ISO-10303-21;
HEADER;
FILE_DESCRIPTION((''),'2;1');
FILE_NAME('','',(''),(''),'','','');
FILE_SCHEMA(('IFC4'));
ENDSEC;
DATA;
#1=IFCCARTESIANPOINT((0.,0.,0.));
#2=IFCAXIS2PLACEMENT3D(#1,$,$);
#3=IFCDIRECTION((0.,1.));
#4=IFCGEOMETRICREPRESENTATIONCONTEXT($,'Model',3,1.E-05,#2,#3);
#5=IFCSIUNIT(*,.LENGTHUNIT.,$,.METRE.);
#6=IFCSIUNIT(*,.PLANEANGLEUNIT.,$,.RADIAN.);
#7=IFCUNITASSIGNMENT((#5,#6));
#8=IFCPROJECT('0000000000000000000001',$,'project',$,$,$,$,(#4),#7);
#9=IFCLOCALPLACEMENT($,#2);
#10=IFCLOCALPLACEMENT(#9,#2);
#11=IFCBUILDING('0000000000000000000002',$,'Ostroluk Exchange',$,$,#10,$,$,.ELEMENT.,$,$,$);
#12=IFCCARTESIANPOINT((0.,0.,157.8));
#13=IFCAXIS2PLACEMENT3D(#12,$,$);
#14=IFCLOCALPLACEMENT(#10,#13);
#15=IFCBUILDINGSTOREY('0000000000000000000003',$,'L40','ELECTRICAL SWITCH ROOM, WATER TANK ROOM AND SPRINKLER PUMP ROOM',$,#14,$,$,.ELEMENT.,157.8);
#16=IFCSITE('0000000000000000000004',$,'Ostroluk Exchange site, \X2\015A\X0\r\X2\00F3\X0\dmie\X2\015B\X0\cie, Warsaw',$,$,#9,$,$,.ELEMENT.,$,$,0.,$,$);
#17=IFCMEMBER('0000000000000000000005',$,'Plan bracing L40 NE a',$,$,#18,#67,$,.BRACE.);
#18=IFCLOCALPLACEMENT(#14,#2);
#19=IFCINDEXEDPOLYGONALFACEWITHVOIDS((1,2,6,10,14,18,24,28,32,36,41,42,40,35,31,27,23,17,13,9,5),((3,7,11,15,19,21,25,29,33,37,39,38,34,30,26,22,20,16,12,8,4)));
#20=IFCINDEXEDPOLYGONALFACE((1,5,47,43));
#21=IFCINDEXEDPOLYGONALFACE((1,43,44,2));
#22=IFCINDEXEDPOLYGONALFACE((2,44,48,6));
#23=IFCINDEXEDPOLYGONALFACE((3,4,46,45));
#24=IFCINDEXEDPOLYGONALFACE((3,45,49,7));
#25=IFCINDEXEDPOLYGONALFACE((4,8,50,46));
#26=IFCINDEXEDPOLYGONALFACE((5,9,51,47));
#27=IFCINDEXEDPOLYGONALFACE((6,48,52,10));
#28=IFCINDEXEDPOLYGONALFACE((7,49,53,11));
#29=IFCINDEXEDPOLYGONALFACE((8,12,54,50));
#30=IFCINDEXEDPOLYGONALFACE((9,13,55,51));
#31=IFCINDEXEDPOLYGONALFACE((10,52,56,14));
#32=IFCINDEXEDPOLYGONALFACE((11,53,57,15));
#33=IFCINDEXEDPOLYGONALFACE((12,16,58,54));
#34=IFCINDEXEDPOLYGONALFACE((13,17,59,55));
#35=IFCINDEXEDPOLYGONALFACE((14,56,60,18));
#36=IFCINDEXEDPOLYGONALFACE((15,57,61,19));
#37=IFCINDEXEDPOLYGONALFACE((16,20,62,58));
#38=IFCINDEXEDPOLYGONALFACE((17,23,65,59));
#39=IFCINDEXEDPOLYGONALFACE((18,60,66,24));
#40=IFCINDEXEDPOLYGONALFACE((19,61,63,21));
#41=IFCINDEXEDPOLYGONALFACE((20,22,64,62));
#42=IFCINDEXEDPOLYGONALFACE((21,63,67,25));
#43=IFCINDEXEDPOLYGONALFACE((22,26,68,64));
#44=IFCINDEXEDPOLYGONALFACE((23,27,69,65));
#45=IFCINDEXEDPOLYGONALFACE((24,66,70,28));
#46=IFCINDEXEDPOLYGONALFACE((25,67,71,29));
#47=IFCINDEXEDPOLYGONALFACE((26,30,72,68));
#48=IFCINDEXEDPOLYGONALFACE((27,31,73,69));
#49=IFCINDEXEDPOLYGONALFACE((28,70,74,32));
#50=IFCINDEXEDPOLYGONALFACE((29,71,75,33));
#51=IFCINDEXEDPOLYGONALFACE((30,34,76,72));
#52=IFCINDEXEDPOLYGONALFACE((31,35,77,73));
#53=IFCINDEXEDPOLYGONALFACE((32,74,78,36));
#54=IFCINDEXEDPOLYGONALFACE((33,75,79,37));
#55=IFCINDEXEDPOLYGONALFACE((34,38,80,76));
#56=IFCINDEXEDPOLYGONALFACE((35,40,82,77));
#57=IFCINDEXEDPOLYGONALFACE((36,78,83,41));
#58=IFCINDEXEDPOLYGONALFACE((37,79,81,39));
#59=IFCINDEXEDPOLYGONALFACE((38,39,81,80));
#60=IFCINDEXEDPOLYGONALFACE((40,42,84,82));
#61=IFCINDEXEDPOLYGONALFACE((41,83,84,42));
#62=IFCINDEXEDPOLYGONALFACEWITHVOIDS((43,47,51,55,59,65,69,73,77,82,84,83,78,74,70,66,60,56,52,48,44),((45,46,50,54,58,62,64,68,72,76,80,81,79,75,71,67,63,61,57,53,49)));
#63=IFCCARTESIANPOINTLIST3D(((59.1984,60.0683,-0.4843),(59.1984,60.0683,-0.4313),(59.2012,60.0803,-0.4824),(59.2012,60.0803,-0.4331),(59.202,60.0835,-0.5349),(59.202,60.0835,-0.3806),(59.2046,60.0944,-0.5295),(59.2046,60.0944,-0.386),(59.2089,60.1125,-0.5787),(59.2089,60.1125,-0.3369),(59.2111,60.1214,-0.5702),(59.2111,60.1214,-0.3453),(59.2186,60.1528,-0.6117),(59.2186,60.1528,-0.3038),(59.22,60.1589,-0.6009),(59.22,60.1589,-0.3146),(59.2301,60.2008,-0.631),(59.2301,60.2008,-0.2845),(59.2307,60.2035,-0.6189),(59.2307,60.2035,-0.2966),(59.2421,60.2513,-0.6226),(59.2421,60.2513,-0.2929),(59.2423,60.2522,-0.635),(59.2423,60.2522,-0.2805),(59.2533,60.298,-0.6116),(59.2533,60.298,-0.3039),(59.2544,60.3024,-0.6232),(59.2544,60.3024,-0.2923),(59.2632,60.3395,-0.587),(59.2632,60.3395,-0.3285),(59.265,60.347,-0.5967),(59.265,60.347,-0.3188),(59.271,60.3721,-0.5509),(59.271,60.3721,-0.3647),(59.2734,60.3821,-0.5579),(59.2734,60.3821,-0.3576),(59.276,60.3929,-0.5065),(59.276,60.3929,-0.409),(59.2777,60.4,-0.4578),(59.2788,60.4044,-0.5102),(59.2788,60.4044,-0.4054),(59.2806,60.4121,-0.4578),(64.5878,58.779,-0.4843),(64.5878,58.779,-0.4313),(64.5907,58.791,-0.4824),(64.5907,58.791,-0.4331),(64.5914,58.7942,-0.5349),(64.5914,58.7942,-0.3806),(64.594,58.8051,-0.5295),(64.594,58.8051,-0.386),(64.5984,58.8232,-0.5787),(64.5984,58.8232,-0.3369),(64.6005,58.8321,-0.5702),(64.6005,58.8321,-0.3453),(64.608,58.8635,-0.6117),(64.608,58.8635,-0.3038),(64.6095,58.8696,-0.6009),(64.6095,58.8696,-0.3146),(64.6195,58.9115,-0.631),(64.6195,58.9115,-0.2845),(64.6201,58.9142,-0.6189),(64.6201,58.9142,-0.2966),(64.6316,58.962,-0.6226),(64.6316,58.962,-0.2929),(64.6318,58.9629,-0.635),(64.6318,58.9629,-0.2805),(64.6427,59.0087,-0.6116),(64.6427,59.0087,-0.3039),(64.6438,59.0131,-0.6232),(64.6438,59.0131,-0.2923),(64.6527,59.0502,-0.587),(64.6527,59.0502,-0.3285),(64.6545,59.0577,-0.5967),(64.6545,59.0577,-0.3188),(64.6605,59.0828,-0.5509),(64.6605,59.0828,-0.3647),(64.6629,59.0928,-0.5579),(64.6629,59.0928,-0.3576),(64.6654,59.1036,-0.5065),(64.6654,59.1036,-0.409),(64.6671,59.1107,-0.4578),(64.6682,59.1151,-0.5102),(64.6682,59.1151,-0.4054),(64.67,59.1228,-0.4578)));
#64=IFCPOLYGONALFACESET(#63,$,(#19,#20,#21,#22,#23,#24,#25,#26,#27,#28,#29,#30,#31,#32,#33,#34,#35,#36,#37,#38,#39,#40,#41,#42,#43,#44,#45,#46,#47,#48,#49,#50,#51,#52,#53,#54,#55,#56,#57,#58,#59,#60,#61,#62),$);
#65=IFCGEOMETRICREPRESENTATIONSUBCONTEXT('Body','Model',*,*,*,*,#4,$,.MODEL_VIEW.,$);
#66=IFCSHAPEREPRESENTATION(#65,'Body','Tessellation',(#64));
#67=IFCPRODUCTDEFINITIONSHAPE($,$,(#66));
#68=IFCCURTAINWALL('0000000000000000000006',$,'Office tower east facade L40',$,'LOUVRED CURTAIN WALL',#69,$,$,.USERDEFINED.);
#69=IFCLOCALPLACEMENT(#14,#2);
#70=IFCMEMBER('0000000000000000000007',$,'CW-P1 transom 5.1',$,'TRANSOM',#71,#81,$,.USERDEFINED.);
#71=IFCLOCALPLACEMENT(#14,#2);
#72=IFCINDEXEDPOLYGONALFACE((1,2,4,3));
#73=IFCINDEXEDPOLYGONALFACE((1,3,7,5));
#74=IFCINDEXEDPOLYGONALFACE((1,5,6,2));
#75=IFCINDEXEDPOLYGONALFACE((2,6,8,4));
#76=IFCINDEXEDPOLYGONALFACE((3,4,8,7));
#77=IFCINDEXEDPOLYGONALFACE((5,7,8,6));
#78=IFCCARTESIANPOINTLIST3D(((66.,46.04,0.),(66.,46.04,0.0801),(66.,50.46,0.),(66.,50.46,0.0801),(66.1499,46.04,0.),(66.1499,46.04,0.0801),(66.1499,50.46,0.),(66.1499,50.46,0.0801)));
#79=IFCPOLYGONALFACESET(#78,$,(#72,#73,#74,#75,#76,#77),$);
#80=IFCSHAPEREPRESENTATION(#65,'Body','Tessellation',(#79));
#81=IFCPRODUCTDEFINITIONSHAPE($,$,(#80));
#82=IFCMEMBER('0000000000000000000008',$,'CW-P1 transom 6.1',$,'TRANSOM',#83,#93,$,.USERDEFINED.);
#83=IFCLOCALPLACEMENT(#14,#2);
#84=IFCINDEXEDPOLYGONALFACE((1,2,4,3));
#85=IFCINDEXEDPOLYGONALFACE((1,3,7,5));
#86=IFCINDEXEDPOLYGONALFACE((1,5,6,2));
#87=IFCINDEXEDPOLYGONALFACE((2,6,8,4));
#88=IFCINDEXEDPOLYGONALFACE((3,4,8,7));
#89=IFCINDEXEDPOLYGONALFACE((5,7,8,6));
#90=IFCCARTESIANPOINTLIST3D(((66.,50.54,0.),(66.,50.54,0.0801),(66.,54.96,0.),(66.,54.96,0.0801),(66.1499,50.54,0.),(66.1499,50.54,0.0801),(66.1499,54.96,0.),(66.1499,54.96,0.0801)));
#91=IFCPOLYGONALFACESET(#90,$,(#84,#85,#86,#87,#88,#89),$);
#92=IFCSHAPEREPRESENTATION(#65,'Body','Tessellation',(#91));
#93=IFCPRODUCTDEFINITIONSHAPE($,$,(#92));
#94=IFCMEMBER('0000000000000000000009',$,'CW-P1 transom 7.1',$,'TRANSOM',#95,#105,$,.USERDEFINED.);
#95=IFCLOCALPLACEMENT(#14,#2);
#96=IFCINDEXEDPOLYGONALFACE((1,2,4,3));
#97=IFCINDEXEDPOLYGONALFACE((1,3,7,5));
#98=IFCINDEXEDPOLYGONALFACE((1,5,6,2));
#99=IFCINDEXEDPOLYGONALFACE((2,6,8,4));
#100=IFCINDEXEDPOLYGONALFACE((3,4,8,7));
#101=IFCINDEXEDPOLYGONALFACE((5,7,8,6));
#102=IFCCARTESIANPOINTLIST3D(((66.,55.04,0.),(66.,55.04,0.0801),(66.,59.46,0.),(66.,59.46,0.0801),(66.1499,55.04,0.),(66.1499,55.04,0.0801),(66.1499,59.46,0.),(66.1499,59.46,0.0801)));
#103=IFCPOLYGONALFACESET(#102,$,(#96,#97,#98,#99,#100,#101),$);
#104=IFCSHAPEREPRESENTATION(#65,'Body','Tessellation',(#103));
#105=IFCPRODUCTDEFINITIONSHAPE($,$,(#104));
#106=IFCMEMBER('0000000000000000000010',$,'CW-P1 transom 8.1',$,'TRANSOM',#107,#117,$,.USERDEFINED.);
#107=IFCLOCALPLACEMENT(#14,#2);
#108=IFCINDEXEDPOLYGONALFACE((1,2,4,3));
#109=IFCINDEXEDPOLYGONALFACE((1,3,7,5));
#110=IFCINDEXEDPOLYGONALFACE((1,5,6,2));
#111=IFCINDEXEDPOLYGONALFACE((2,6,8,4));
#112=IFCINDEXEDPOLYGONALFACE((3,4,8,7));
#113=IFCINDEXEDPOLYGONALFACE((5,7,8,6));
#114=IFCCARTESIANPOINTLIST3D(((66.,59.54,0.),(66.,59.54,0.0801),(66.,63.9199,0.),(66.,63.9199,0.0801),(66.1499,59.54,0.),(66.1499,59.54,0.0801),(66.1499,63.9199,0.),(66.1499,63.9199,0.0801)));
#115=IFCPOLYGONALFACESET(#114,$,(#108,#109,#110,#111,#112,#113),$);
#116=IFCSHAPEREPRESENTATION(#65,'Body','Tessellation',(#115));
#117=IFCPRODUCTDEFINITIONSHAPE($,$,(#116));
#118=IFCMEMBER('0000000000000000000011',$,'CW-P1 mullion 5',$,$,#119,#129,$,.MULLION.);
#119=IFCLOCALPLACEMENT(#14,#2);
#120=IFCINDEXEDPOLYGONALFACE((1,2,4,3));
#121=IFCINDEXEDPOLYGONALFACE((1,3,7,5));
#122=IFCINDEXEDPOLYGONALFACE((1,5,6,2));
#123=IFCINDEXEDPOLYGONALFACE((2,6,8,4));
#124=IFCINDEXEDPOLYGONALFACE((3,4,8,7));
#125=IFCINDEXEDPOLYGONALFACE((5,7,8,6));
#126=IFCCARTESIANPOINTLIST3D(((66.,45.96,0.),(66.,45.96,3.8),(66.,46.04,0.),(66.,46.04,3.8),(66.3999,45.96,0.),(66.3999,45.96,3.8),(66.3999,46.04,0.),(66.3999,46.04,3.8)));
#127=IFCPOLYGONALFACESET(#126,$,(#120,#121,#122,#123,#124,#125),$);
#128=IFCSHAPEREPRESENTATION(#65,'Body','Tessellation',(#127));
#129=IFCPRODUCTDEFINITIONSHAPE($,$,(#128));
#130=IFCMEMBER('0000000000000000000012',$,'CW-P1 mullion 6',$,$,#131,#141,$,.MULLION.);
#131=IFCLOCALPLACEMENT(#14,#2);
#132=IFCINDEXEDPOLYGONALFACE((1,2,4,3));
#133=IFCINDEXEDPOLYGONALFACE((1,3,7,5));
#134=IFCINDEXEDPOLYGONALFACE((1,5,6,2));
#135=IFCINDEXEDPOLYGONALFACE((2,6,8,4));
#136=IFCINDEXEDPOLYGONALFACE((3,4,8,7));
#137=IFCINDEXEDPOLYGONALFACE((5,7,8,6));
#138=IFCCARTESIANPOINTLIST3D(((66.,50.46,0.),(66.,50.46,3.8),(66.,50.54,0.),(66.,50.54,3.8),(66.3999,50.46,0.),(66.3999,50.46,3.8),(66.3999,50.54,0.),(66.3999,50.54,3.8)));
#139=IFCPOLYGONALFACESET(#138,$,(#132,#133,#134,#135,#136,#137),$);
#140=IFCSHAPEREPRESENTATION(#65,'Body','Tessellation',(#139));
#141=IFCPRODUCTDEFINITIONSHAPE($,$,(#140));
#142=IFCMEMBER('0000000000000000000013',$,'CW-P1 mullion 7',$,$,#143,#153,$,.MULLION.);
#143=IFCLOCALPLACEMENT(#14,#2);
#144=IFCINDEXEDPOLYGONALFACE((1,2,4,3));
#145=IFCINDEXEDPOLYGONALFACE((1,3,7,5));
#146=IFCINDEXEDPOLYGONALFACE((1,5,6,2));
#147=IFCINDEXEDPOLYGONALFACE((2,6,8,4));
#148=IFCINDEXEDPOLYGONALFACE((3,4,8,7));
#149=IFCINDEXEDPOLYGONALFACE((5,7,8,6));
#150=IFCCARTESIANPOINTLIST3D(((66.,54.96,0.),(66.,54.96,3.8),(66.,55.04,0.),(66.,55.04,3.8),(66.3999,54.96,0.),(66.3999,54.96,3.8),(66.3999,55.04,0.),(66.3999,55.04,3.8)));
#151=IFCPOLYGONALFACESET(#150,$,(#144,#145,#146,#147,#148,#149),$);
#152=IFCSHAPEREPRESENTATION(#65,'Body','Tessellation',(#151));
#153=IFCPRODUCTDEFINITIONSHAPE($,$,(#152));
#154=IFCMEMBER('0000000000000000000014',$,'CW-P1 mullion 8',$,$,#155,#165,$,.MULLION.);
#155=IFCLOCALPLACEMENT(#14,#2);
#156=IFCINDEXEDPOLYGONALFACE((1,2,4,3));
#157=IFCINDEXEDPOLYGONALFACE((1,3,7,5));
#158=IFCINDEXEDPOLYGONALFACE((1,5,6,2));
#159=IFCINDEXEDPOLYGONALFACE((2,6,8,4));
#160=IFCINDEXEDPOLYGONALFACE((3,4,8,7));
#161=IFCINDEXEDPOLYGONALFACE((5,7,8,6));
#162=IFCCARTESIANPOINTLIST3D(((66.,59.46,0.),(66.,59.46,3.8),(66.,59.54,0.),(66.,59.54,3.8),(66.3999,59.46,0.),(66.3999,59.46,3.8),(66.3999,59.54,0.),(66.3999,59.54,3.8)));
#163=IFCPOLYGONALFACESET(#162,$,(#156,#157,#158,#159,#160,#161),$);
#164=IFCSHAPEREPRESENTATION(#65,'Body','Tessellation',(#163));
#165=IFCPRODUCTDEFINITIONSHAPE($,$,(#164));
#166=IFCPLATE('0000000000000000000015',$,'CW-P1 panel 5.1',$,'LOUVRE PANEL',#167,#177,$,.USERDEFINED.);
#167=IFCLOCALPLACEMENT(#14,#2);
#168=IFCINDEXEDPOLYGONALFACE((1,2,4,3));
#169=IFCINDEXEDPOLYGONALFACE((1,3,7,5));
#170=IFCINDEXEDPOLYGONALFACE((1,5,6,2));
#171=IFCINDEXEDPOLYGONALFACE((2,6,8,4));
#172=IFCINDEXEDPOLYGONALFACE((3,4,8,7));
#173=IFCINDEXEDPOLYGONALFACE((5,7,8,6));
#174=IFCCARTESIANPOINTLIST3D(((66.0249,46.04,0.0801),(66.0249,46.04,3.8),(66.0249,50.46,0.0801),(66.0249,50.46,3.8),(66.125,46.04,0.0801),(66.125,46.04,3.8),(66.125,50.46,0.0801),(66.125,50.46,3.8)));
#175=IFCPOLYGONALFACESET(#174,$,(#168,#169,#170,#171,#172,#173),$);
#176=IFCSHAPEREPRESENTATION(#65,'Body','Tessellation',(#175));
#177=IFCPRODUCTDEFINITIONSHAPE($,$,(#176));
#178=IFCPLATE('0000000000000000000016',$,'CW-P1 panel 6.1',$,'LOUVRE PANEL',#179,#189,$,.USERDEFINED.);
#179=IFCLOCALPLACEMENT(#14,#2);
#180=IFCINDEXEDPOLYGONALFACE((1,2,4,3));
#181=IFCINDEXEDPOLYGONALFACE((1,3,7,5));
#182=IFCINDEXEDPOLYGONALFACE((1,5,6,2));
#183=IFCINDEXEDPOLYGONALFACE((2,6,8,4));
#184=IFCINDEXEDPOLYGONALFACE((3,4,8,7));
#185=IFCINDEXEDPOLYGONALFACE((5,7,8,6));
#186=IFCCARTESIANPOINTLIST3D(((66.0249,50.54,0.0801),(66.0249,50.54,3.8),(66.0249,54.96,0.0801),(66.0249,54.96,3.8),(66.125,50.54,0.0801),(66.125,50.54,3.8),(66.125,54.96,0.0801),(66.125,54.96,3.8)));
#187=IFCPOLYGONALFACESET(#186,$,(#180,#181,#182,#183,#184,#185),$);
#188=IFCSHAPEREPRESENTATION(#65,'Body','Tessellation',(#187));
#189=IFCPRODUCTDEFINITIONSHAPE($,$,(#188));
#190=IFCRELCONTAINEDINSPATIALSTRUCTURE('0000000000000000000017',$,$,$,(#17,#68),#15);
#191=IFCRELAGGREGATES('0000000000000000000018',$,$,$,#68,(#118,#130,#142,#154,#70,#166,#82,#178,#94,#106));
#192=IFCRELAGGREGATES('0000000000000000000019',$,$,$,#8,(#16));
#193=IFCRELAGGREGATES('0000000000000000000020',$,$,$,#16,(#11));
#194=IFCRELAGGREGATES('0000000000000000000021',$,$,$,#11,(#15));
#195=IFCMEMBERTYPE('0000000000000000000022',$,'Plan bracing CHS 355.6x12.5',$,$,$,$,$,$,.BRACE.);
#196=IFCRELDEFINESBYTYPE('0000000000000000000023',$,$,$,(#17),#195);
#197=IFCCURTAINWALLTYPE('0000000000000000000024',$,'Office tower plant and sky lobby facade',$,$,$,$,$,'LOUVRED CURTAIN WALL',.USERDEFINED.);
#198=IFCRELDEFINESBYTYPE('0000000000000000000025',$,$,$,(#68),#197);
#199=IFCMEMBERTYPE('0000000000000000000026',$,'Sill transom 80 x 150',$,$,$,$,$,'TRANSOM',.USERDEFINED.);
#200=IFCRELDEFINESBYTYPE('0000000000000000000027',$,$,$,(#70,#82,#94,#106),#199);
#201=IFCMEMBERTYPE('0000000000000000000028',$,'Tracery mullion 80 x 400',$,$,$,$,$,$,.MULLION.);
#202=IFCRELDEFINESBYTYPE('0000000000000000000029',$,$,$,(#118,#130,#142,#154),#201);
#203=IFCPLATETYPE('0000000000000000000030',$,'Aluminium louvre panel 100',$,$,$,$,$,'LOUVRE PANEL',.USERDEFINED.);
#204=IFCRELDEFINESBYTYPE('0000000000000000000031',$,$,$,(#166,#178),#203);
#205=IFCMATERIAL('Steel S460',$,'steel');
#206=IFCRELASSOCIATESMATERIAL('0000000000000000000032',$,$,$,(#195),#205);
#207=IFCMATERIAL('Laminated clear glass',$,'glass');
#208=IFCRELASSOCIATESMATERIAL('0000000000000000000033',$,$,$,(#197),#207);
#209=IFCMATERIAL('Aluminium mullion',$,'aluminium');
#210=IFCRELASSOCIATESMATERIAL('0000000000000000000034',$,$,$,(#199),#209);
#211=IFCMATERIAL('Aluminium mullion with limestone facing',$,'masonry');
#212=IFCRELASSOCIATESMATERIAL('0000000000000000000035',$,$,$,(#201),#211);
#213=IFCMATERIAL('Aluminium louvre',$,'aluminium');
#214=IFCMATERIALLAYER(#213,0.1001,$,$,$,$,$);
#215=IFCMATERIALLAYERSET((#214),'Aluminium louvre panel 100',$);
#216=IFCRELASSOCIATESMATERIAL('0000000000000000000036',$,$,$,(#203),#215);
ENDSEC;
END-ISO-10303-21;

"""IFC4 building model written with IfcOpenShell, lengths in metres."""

from ifc_helpers import new_model, si_unit, direction, frame, origin, origin_2d, place, context, subcontext, project, spatial, rectangle, hollow_circle, extrude, material, layer, layer_set, material_profile, profile_set, type_object, element, aggregate, save


model = new_model("IFC4")

# Units and contexts
model_context = context("Model", 3, precision=1e-05, world=origin(), true_north=direction((0.0, 1.0)))
body_context = subcontext(model_context, "Body", "Model", "MODEL_VIEW")
ifc_project = project(units=[si_unit("LENGTHUNIT", "METRE"), si_unit("PLANEANGLEUNIT", "RADIAN")], contexts=[model_context])

# Site, building, storey
site_placement = place(None, origin())
site = spatial("IfcSite", under=ifc_project, at=site_placement, Name="Ostroluk Exchange site, Śródmieście, Warsaw", CompositionType="ELEMENT", RefElevation=0.0)
building_placement = place(site_placement, origin())
building = spatial("IfcBuilding", under=site, at=building_placement, Name="Ostroluk Exchange", CompositionType="ELEMENT")
storey_placement = place(building_placement, frame((0.0, 0.0, 157.8)))
storey = spatial("IfcBuildingStorey", under=building, at=storey_placement, Name="L40", Description="ELECTRICAL SWITCH ROOM, WATER TANK ROOM AND SPRINKLER PUMP ROOM", CompositionType="ELEMENT", Elevation=157.8)

# Member
ifc_material_1 = material(Name="Steel S460", Category="steel")
ifc_material_profile_1 = material_profile(ifc_material_1, hollow_circle(Radius=0.1777, WallThickness=0.0125, at=origin_2d()), Name="CHS 355.6x12.5")
ifc_profile_set_1 = profile_set([ifc_material_profile_1], Name="Steel S460")
member_type_1 = type_object("IfcMemberType", Name="Plan bracing CHS 355.6x12.5", PredefinedType="BRACE", material=ifc_profile_set_1)
member_1_placement = place(storey_placement, frame((59.2393, 60.2393, -0.4578), z_axis=(0.972557, -0.232665, 0.0), x_axis=(0.232665, 0.972557, 0.0)))
element("IfcMember", 1, at=member_1_placement, inside=storey, type_object=member_type_1, Name="Plan bracing L40 NE a", PredefinedType="BRACE", context=body_context, shape_type="SweptSolid", body=[
    extrude(hollow_circle(Radius=0.1777, WallThickness=0.0125, at=origin_2d()), origin(), (0.0, 0.0, 1.0), 5.5415),
])

# Curtain wall, members, plates
ifc_material_2 = material(Name="Laminated clear glass", Category="glass")
curtain_wall_type = type_object("IfcCurtainWallType", Name="Office tower plant and sky lobby facade", ElementType="LOUVRED CURTAIN WALL", PredefinedType="USERDEFINED", material=ifc_material_2)
curtain_wall_placement = place(storey_placement, origin())
curtain_wall = element("IfcCurtainWall", 2, at=curtain_wall_placement, inside=storey, type_object=curtain_wall_type, Name="Office tower east facade L40", ObjectType="LOUVRED CURTAIN WALL", PredefinedType="USERDEFINED")
ifc_material_3 = material(Name="Aluminium mullion", Category="aluminium")
ifc_material_profile_2 = material_profile(ifc_material_3, rectangle(XDim=0.1499, YDim=0.0801, at=origin_2d()), Name="Sill transom 80 x 150")
ifc_profile_set_2 = profile_set([ifc_material_profile_2], Name="Aluminium mullion")
member_type_2 = type_object("IfcMemberType", Name="Sill transom 80 x 150", ElementType="TRANSOM", PredefinedType="USERDEFINED", material=ifc_profile_set_2)
member_2_placement = place(storey_placement, frame((66.075, 46.04, 0.04), z_axis=(0.0, 1.0, 0.0), x_axis=(-1.0, 0.0, 0.0)))
member_2 = element("IfcMember", 3, at=member_2_placement, type_object=member_type_2, Name="CW-P1 transom 5.1", ObjectType="TRANSOM", PredefinedType="USERDEFINED", context=body_context, shape_type="SweptSolid", body=[
    extrude(rectangle(XDim=0.1499, YDim=0.0801, at=origin_2d()), origin(), (0.0, 0.0, 1.0), 4.4199),
])
member_3_placement = place(storey_placement, frame((66.075, 50.54, 0.04), z_axis=(0.0, 1.0, 0.0), x_axis=(-1.0, 0.0, 0.0)))
member_3 = element("IfcMember", 4, at=member_3_placement, type_object=member_type_2, Name="CW-P1 transom 6.1", ObjectType="TRANSOM", PredefinedType="USERDEFINED", context=body_context, shape_type="SweptSolid", body=[
    extrude(rectangle(XDim=0.1499, YDim=0.0801, at=origin_2d()), origin(), (0.0, 0.0, 1.0), 4.4199),
])
member_4_placement = place(storey_placement, frame((66.075, 55.04, 0.04), z_axis=(0.0, 1.0, 0.0), x_axis=(-1.0, 0.0, 0.0)))
member_4 = element("IfcMember", 5, at=member_4_placement, type_object=member_type_2, Name="CW-P1 transom 7.1", ObjectType="TRANSOM", PredefinedType="USERDEFINED", context=body_context, shape_type="SweptSolid", body=[
    extrude(rectangle(XDim=0.1499, YDim=0.0801, at=origin_2d()), origin(), (0.0, 0.0, 1.0), 4.4199),
])
member_5_placement = place(storey_placement, frame((66.075, 59.54, 0.04), z_axis=(0.0, 1.0, 0.0), x_axis=(-1.0, 0.0, 0.0)))
member_5 = element("IfcMember", 6, at=member_5_placement, type_object=member_type_2, Name="CW-P1 transom 8.1", ObjectType="TRANSOM", PredefinedType="USERDEFINED", context=body_context, shape_type="SweptSolid", body=[
    extrude(rectangle(XDim=0.1499, YDim=0.0801, at=origin_2d()), origin(), (0.0, 0.0, 1.0), 4.3799),
])
ifc_material_4 = material(Name="Aluminium mullion with limestone facing", Category="masonry")
ifc_material_profile_3 = material_profile(ifc_material_4, rectangle(XDim=0.3999, YDim=0.0801, at=origin_2d()), Name="Tracery mullion 80 x 400")
ifc_profile_set_3 = profile_set([ifc_material_profile_3], Name="Aluminium mullion with limestone facing")
member_type_3 = type_object("IfcMemberType", Name="Tracery mullion 80 x 400", PredefinedType="MULLION", material=ifc_profile_set_3)
member_6_placement = place(storey_placement, frame((66.2, 46.0, 0.0), z_axis=(0.0, 0.0, 1.0), x_axis=(-1.0, 0.0, 0.0)))
member_6 = element("IfcMember", 7, at=member_6_placement, type_object=member_type_3, Name="CW-P1 mullion 5", PredefinedType="MULLION", context=body_context, shape_type="SweptSolid", body=[
    extrude(rectangle(XDim=0.3999, YDim=0.0801, at=origin_2d()), origin(), (0.0, 0.0, 1.0), 3.8),
])
member_7_placement = place(storey_placement, frame((66.2, 50.5, 0.0), z_axis=(0.0, 0.0, 1.0), x_axis=(-1.0, 0.0, 0.0)))
member_7 = element("IfcMember", 8, at=member_7_placement, type_object=member_type_3, Name="CW-P1 mullion 6", PredefinedType="MULLION", context=body_context, shape_type="SweptSolid", body=[
    extrude(rectangle(XDim=0.3999, YDim=0.0801, at=origin_2d()), origin(), (0.0, 0.0, 1.0), 3.8),
])
member_8_placement = place(storey_placement, frame((66.2, 55.0, 0.0), z_axis=(0.0, 0.0, 1.0), x_axis=(-1.0, 0.0, 0.0)))
member_8 = element("IfcMember", 9, at=member_8_placement, type_object=member_type_3, Name="CW-P1 mullion 7", PredefinedType="MULLION", context=body_context, shape_type="SweptSolid", body=[
    extrude(rectangle(XDim=0.3999, YDim=0.0801, at=origin_2d()), origin(), (0.0, 0.0, 1.0), 3.8),
])
member_9_placement = place(storey_placement, frame((66.2, 59.5, 0.0), z_axis=(0.0, 0.0, 1.0), x_axis=(-1.0, 0.0, 0.0)))
member_9 = element("IfcMember", 10, at=member_9_placement, type_object=member_type_3, Name="CW-P1 mullion 8", PredefinedType="MULLION", context=body_context, shape_type="SweptSolid", body=[
    extrude(rectangle(XDim=0.3999, YDim=0.0801, at=origin_2d()), origin(), (0.0, 0.0, 1.0), 3.8),
])
ifc_material_5 = material(Name="Aluminium louvre", Category="aluminium")
ifc_layer_1 = layer(ifc_material_5, 0.1001)
ifc_layer_set_1 = layer_set([ifc_layer_1], Name="Aluminium louvre panel 100")
plate_type = type_object("IfcPlateType", Name="Aluminium louvre panel 100", ElementType="LOUVRE PANEL", PredefinedType="USERDEFINED", material=ifc_layer_set_1)
plate_1_placement = place(storey_placement, frame((66.075, 48.25, 0.0801), z_axis=(0.0, 0.0, 1.0), x_axis=(0.0, 1.0, 0.0)))
plate_1 = element("IfcPlate", 11, at=plate_1_placement, type_object=plate_type, Name="CW-P1 panel 5.1", ObjectType="LOUVRE PANEL", PredefinedType="USERDEFINED", context=body_context, shape_type="SweptSolid", body=[
    extrude(rectangle(XDim=4.4199, YDim=0.1001, at=origin_2d()), origin(), (0.0, 0.0, 1.0), 3.72),
])
plate_2_placement = place(storey_placement, frame((66.075, 52.75, 0.0801), z_axis=(0.0, 0.0, 1.0), x_axis=(0.0, 1.0, 0.0)))
plate_2 = element("IfcPlate", 12, at=plate_2_placement, type_object=plate_type, Name="CW-P1 panel 6.1", ObjectType="LOUVRE PANEL", PredefinedType="USERDEFINED", context=body_context, shape_type="SweptSolid", body=[
    extrude(rectangle(XDim=4.4199, YDim=0.1001, at=origin_2d()), origin(), (0.0, 0.0, 1.0), 3.72),
])
aggregate(curtain_wall, [member_6, member_7, member_8, member_9, member_2, plate_1, member_3, plate_2, member_4, member_5])

save(model, "model.ifc")
